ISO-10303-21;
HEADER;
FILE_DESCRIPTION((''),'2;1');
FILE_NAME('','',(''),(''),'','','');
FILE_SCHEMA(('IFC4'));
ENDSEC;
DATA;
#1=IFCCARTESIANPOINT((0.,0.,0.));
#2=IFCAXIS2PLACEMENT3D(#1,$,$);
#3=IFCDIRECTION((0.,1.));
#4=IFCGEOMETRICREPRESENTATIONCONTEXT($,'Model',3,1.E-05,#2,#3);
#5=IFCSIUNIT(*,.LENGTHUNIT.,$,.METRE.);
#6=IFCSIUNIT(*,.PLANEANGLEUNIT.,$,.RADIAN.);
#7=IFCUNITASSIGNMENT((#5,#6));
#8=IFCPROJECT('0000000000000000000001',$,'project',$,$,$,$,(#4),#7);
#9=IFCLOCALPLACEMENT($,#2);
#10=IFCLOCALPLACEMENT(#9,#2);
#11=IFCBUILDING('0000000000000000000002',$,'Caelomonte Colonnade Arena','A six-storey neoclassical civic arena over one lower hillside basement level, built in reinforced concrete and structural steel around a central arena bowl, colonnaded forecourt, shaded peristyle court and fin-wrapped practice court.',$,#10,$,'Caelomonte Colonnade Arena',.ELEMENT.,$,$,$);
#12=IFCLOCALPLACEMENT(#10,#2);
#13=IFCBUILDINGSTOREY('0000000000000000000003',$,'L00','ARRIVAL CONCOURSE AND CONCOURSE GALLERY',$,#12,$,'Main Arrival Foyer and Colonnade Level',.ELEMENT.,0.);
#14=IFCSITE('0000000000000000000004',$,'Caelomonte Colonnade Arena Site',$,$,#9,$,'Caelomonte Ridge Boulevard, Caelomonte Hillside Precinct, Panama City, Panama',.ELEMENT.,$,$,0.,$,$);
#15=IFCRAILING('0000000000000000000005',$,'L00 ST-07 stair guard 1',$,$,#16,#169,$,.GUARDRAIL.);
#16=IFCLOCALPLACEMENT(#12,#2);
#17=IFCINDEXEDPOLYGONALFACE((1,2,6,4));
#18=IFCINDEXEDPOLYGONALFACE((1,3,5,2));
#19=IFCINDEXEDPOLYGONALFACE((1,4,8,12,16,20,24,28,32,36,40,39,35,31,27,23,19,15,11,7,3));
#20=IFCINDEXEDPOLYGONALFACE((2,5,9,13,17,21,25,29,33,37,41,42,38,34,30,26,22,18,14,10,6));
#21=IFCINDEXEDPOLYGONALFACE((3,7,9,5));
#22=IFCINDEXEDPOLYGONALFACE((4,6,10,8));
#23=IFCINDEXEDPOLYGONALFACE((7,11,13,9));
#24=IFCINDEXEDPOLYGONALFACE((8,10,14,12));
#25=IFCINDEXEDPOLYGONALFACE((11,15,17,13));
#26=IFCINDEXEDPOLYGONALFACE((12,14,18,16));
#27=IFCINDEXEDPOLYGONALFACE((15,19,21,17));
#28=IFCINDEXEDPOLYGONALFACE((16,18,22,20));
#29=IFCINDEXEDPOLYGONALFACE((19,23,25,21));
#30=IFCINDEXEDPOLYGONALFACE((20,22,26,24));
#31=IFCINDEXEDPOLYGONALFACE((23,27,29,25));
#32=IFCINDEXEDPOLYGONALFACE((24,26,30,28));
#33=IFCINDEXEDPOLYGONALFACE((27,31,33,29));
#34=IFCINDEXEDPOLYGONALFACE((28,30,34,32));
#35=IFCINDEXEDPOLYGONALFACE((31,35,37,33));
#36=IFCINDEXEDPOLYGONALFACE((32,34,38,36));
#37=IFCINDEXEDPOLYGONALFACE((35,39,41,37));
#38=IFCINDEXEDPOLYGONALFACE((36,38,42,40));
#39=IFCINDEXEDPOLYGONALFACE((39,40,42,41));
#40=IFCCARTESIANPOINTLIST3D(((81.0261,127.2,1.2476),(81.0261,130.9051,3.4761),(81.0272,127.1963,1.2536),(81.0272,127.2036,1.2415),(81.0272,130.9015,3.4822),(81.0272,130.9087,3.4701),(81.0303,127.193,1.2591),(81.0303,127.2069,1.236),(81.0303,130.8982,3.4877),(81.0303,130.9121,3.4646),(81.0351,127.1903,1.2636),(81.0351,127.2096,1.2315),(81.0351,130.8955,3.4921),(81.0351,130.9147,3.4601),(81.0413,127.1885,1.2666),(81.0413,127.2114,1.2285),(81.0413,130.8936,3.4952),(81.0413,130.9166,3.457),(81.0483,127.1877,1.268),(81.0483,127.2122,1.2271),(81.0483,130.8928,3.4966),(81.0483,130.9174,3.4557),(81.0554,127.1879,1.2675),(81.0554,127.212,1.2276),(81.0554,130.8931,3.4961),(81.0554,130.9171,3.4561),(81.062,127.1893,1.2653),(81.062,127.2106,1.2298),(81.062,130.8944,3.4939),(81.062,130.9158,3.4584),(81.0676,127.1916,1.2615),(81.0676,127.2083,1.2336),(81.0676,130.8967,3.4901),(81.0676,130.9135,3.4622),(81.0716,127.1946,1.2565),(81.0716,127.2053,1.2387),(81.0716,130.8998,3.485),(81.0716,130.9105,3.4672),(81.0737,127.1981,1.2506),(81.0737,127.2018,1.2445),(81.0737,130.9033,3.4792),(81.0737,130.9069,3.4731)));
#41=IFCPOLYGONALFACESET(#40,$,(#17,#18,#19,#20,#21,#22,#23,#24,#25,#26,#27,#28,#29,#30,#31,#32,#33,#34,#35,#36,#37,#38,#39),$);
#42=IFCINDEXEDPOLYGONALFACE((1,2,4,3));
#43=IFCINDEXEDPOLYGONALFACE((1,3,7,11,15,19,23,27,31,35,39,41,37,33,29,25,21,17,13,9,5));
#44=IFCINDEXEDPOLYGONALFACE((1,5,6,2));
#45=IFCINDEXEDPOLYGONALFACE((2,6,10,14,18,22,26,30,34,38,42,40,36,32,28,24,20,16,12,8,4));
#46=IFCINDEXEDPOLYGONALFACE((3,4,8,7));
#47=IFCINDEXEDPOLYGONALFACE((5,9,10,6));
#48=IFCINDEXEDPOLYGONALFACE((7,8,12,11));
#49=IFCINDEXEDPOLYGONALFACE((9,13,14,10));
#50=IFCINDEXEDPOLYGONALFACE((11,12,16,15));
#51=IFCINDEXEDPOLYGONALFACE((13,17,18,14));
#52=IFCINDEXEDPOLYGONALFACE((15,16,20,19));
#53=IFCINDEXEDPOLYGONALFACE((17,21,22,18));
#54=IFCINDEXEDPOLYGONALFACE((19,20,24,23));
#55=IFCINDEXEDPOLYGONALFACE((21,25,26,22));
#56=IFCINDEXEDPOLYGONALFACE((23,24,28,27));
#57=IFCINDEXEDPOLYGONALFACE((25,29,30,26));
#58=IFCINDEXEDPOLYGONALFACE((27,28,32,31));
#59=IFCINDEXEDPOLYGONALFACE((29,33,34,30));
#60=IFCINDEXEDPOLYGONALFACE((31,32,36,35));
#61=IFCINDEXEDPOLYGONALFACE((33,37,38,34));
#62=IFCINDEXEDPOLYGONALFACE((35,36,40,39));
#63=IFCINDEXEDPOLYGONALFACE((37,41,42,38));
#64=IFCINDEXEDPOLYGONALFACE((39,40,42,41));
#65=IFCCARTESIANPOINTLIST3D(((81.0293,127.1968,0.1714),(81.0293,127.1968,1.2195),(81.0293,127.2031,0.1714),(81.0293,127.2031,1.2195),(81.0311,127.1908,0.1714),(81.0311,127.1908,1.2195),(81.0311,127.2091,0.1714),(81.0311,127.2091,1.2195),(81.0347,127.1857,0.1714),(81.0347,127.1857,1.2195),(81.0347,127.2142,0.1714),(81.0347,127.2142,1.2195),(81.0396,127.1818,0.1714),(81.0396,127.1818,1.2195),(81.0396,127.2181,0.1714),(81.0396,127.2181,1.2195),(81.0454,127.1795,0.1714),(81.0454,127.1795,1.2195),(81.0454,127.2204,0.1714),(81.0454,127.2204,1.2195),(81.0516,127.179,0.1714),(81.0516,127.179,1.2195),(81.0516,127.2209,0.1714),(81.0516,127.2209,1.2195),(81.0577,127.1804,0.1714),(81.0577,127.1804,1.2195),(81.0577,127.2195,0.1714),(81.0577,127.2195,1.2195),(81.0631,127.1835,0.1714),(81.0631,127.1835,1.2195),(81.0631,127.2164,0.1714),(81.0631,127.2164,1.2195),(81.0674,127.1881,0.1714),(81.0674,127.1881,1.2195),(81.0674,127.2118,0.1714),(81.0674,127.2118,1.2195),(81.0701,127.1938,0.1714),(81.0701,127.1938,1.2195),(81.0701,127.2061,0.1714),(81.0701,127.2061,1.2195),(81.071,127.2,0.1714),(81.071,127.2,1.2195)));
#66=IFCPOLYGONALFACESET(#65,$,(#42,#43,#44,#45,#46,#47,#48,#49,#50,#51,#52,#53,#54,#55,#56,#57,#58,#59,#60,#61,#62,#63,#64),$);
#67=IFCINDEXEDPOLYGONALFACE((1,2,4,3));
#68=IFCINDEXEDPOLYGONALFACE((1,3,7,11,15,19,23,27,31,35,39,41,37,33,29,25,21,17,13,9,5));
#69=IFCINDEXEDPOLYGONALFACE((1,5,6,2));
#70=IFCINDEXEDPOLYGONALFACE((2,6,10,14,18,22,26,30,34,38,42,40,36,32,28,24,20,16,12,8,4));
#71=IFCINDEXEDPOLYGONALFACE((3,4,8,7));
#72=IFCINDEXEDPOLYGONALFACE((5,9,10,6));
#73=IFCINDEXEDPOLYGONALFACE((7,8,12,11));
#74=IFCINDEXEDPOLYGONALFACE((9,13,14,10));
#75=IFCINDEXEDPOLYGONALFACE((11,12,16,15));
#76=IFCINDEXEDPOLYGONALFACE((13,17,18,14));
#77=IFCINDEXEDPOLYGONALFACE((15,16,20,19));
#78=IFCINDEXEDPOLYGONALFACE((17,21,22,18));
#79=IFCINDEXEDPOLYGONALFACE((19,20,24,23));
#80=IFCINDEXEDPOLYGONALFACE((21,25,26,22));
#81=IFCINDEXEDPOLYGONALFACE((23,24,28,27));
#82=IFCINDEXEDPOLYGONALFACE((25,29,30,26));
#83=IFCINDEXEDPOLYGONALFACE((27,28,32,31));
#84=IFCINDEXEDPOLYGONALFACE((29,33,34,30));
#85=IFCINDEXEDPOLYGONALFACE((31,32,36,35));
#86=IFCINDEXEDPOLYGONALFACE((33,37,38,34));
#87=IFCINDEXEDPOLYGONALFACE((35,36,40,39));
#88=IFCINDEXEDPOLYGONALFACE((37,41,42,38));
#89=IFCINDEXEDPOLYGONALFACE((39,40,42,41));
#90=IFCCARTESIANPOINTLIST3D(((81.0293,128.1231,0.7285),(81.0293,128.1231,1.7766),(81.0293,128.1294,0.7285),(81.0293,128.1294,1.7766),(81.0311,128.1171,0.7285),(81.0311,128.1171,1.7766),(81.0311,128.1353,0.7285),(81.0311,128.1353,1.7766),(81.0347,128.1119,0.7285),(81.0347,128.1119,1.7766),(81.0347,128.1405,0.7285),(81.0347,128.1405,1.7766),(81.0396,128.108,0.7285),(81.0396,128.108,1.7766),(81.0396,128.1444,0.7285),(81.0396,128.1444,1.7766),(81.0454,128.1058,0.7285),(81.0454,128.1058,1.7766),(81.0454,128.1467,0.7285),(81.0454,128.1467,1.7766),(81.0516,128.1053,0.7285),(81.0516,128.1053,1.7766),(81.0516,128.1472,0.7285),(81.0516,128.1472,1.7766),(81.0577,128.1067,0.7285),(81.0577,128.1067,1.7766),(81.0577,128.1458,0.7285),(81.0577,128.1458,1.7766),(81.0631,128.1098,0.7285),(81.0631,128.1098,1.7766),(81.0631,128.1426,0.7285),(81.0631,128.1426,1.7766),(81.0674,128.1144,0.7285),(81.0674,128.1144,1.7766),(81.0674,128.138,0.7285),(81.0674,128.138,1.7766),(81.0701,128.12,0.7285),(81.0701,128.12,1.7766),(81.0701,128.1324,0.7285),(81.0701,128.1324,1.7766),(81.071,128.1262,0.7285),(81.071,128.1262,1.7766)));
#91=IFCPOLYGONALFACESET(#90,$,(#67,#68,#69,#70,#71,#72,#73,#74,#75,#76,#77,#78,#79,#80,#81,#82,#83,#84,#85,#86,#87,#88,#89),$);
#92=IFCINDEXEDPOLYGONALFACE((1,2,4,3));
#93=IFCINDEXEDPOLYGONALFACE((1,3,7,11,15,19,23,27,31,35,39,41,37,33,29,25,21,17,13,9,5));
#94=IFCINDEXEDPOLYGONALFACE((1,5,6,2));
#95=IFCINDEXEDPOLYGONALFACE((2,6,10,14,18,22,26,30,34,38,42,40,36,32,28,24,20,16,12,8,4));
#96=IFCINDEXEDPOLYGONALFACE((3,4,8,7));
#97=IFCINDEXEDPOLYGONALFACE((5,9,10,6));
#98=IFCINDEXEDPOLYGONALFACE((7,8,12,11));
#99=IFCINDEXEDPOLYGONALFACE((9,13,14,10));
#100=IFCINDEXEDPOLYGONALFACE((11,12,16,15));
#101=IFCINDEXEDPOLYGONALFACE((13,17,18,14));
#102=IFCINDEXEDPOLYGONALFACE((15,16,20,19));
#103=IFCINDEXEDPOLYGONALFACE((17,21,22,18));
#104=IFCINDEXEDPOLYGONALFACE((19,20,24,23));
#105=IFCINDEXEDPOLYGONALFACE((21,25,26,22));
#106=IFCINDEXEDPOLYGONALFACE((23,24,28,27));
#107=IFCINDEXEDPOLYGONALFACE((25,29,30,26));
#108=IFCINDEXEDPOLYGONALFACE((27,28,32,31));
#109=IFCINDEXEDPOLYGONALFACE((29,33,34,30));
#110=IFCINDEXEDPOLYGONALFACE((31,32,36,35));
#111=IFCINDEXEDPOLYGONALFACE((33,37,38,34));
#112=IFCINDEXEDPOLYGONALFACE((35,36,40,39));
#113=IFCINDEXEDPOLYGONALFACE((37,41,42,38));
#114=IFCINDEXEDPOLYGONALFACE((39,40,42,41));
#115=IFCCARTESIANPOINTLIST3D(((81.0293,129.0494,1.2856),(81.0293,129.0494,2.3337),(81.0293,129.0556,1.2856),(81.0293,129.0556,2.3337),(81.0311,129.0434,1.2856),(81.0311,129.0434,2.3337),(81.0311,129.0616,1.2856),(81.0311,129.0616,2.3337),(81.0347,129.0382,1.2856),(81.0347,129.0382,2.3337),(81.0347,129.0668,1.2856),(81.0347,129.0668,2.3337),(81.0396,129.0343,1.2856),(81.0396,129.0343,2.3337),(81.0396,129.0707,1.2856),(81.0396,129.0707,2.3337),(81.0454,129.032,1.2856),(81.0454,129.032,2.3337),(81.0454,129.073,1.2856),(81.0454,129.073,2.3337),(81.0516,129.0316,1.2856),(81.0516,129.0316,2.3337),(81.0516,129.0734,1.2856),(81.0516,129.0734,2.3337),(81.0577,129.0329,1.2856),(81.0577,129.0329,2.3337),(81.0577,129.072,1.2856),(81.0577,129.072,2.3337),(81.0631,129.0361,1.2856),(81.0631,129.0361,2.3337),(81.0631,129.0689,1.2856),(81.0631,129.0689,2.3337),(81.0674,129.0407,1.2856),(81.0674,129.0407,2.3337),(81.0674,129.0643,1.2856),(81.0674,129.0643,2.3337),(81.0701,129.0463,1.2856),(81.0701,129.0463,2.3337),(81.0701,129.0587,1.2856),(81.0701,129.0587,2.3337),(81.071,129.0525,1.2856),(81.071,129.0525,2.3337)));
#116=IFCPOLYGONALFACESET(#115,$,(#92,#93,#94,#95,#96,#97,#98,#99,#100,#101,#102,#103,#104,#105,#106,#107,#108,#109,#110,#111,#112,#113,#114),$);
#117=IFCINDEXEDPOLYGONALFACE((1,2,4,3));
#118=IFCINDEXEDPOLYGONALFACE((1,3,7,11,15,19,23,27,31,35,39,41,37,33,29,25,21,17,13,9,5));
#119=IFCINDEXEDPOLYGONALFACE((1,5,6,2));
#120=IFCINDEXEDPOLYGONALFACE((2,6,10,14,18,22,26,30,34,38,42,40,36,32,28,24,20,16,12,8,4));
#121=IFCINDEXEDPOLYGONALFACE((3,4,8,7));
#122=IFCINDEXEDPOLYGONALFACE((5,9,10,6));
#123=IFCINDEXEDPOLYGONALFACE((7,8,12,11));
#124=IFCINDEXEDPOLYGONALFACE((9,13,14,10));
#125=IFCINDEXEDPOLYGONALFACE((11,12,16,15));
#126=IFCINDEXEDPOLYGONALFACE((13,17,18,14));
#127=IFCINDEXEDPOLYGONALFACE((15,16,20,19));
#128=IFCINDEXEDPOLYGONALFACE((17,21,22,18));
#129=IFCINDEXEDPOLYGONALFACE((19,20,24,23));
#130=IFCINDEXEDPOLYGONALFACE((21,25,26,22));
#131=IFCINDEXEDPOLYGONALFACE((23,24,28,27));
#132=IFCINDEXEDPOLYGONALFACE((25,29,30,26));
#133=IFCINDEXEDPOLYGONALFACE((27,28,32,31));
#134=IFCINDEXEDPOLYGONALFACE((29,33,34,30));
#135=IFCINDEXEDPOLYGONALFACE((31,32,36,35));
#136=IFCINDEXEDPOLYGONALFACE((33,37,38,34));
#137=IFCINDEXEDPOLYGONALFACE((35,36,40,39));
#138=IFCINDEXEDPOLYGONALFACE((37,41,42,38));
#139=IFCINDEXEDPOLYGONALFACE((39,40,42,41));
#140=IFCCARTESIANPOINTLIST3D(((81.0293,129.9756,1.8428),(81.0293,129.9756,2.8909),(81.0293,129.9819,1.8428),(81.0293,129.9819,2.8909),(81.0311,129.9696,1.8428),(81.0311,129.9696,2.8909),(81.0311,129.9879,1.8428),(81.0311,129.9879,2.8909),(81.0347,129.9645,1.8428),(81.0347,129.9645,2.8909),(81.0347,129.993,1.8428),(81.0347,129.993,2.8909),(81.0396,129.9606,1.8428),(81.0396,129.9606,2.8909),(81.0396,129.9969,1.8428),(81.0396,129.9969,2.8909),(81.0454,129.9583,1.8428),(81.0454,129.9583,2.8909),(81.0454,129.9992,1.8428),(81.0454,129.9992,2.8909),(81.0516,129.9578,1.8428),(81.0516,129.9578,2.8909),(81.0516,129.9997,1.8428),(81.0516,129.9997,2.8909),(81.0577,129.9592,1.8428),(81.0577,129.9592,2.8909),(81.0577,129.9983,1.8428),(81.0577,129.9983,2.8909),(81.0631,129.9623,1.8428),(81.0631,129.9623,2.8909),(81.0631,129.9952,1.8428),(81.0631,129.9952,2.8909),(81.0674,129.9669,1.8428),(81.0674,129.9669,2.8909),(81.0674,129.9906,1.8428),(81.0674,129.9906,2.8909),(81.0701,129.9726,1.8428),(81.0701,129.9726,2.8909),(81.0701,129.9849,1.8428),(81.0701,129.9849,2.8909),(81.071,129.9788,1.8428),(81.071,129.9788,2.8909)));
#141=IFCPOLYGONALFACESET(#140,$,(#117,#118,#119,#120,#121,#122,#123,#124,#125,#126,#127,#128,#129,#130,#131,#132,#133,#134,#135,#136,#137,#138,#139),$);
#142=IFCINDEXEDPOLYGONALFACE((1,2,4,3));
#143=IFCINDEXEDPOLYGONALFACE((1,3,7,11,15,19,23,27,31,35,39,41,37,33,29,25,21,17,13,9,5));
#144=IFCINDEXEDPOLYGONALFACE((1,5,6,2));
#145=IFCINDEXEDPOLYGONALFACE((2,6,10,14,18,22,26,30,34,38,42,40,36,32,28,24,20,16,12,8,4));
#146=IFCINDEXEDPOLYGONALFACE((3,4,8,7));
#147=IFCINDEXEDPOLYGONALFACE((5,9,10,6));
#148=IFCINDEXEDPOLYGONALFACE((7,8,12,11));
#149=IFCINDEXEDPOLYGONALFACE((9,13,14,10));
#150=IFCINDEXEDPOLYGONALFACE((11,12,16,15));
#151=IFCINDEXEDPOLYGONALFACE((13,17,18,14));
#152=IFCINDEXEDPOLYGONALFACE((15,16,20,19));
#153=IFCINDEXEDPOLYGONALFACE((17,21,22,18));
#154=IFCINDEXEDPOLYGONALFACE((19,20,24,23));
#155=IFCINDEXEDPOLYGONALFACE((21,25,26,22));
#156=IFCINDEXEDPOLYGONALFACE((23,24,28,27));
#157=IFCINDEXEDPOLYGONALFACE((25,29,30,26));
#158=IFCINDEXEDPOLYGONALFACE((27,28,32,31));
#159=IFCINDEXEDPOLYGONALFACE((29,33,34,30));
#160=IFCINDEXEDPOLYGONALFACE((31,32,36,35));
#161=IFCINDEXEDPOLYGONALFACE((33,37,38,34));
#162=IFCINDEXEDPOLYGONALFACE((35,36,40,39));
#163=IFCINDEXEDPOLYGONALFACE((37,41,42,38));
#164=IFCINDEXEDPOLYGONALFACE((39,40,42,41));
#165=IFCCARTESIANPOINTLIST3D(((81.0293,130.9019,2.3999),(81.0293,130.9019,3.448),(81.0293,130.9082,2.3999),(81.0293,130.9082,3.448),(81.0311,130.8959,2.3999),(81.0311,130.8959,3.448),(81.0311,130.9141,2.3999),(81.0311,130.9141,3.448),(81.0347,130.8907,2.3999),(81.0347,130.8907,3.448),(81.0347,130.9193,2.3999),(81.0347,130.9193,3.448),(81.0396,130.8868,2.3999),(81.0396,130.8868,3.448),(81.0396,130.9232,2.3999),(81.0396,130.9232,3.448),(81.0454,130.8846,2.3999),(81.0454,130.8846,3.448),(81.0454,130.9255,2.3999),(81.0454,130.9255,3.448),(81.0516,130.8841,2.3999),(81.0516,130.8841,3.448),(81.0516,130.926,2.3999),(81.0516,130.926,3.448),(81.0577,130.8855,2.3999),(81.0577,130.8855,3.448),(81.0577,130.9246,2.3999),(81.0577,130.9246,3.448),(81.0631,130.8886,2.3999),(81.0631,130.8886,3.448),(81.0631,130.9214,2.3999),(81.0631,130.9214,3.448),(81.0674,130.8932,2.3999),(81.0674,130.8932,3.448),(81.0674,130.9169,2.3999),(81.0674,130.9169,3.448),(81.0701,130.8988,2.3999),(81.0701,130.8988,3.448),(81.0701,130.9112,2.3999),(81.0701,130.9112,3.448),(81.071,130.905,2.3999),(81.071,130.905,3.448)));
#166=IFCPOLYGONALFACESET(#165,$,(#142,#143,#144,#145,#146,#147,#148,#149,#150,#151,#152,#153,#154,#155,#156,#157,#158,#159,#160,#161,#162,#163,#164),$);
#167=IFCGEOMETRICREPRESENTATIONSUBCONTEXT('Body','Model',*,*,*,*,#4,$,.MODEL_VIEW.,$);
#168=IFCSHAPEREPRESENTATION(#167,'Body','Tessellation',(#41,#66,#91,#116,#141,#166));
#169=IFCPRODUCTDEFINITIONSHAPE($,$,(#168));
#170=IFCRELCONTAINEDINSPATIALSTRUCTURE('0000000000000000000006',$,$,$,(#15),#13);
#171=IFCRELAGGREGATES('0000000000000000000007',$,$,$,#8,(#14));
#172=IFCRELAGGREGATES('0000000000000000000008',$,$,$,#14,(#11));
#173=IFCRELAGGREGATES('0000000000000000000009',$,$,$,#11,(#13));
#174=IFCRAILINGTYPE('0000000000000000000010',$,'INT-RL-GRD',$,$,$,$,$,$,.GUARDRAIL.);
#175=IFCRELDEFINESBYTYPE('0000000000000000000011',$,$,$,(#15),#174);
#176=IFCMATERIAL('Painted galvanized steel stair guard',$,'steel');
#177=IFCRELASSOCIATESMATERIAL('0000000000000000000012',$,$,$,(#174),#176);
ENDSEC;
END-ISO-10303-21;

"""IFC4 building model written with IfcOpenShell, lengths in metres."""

from ifc_helpers import new_model, si_unit, direction, frame, origin, origin_2d, place, context, subcontext, project, spatial, circle, extrude, material, type_object, element, save


model = new_model("IFC4")

# Units and contexts
model_context = context("Model", 3, precision=1e-05, world=origin(), true_north=direction((0.0, 1.0)))
body_context = subcontext(model_context, "Body", "Model", "MODEL_VIEW")
ifc_project = project(units=[si_unit("LENGTHUNIT", "METRE"), si_unit("PLANEANGLEUNIT", "RADIAN")], contexts=[model_context])

# Site, building, storey
site_placement = place(None, origin())
site = spatial("IfcSite", under=ifc_project, at=site_placement, Name="Caelomonte Colonnade Arena Site", LongName="Caelomonte Ridge Boulevard, Caelomonte Hillside Precinct, Panama City, Panama", CompositionType="ELEMENT", RefElevation=0.0)
building_placement = place(site_placement, origin())
building = spatial("IfcBuilding", under=site, at=building_placement, Name="Caelomonte Colonnade Arena", Description="A six-storey neoclassical civic arena over one lower hillside basement level, built in reinforced concrete and structural steel around a central arena bowl, colonnaded forecourt, shaded peristyle court and fin-wrapped practice court.", LongName="Caelomonte Colonnade Arena", CompositionType="ELEMENT")
storey_placement = place(building_placement, origin())
storey = spatial("IfcBuildingStorey", under=building, at=storey_placement, Name="L00", Description="ARRIVAL CONCOURSE AND CONCOURSE GALLERY", LongName="Main Arrival Foyer and Colonnade Level", CompositionType="ELEMENT", Elevation=0.0)

# Railing
ifc_material_1 = material(Name="Painted galvanized steel stair guard", Category="steel")
railing_type_1 = type_object("IfcRailingType", Name="INT-RL-GRD", PredefinedType="GUARDRAIL", material=ifc_material_1)
railing_1_placement = place(storey_placement, frame((81.05, 127.2, 0.1714)))
element("IfcRailing", 1, at=railing_1_placement, inside=storey, type_object=railing_type_1, Name="L00 ST-07 stair guard 1", PredefinedType="GUARDRAIL", context=body_context, shape_type="SweptSolid", body=[
    extrude(circle(Radius=0.0239, at=origin_2d()), frame((0.0, 0.0, 1.0762), z_axis=(0.0, 0.856934, 0.515425), x_axis=(-1.0, 0.0, 0.0)), (0.0, 0.0, 1.0), 4.3237),
    extrude(circle(Radius=0.021, at=origin_2d()), origin(), (0.0, 0.0, 1.0), 1.0481),
    extrude(circle(Radius=0.021, at=origin_2d()), frame((0.0, 0.9263, 0.5571)), (0.0, 0.0, 1.0), 1.0481),
    extrude(circle(Radius=0.021, at=origin_2d()), frame((0.0, 1.8525, 1.1143)), (0.0, 0.0, 1.0), 1.0481),
    extrude(circle(Radius=0.021, at=origin_2d()), frame((0.0, 2.7788, 1.6714)), (0.0, 0.0, 1.0), 1.0481),
    extrude(circle(Radius=0.021, at=origin_2d()), frame((0.0, 3.7051, 2.2285)), (0.0, 0.0, 1.0), 1.0481),
])

save(model, "model.ifc")
